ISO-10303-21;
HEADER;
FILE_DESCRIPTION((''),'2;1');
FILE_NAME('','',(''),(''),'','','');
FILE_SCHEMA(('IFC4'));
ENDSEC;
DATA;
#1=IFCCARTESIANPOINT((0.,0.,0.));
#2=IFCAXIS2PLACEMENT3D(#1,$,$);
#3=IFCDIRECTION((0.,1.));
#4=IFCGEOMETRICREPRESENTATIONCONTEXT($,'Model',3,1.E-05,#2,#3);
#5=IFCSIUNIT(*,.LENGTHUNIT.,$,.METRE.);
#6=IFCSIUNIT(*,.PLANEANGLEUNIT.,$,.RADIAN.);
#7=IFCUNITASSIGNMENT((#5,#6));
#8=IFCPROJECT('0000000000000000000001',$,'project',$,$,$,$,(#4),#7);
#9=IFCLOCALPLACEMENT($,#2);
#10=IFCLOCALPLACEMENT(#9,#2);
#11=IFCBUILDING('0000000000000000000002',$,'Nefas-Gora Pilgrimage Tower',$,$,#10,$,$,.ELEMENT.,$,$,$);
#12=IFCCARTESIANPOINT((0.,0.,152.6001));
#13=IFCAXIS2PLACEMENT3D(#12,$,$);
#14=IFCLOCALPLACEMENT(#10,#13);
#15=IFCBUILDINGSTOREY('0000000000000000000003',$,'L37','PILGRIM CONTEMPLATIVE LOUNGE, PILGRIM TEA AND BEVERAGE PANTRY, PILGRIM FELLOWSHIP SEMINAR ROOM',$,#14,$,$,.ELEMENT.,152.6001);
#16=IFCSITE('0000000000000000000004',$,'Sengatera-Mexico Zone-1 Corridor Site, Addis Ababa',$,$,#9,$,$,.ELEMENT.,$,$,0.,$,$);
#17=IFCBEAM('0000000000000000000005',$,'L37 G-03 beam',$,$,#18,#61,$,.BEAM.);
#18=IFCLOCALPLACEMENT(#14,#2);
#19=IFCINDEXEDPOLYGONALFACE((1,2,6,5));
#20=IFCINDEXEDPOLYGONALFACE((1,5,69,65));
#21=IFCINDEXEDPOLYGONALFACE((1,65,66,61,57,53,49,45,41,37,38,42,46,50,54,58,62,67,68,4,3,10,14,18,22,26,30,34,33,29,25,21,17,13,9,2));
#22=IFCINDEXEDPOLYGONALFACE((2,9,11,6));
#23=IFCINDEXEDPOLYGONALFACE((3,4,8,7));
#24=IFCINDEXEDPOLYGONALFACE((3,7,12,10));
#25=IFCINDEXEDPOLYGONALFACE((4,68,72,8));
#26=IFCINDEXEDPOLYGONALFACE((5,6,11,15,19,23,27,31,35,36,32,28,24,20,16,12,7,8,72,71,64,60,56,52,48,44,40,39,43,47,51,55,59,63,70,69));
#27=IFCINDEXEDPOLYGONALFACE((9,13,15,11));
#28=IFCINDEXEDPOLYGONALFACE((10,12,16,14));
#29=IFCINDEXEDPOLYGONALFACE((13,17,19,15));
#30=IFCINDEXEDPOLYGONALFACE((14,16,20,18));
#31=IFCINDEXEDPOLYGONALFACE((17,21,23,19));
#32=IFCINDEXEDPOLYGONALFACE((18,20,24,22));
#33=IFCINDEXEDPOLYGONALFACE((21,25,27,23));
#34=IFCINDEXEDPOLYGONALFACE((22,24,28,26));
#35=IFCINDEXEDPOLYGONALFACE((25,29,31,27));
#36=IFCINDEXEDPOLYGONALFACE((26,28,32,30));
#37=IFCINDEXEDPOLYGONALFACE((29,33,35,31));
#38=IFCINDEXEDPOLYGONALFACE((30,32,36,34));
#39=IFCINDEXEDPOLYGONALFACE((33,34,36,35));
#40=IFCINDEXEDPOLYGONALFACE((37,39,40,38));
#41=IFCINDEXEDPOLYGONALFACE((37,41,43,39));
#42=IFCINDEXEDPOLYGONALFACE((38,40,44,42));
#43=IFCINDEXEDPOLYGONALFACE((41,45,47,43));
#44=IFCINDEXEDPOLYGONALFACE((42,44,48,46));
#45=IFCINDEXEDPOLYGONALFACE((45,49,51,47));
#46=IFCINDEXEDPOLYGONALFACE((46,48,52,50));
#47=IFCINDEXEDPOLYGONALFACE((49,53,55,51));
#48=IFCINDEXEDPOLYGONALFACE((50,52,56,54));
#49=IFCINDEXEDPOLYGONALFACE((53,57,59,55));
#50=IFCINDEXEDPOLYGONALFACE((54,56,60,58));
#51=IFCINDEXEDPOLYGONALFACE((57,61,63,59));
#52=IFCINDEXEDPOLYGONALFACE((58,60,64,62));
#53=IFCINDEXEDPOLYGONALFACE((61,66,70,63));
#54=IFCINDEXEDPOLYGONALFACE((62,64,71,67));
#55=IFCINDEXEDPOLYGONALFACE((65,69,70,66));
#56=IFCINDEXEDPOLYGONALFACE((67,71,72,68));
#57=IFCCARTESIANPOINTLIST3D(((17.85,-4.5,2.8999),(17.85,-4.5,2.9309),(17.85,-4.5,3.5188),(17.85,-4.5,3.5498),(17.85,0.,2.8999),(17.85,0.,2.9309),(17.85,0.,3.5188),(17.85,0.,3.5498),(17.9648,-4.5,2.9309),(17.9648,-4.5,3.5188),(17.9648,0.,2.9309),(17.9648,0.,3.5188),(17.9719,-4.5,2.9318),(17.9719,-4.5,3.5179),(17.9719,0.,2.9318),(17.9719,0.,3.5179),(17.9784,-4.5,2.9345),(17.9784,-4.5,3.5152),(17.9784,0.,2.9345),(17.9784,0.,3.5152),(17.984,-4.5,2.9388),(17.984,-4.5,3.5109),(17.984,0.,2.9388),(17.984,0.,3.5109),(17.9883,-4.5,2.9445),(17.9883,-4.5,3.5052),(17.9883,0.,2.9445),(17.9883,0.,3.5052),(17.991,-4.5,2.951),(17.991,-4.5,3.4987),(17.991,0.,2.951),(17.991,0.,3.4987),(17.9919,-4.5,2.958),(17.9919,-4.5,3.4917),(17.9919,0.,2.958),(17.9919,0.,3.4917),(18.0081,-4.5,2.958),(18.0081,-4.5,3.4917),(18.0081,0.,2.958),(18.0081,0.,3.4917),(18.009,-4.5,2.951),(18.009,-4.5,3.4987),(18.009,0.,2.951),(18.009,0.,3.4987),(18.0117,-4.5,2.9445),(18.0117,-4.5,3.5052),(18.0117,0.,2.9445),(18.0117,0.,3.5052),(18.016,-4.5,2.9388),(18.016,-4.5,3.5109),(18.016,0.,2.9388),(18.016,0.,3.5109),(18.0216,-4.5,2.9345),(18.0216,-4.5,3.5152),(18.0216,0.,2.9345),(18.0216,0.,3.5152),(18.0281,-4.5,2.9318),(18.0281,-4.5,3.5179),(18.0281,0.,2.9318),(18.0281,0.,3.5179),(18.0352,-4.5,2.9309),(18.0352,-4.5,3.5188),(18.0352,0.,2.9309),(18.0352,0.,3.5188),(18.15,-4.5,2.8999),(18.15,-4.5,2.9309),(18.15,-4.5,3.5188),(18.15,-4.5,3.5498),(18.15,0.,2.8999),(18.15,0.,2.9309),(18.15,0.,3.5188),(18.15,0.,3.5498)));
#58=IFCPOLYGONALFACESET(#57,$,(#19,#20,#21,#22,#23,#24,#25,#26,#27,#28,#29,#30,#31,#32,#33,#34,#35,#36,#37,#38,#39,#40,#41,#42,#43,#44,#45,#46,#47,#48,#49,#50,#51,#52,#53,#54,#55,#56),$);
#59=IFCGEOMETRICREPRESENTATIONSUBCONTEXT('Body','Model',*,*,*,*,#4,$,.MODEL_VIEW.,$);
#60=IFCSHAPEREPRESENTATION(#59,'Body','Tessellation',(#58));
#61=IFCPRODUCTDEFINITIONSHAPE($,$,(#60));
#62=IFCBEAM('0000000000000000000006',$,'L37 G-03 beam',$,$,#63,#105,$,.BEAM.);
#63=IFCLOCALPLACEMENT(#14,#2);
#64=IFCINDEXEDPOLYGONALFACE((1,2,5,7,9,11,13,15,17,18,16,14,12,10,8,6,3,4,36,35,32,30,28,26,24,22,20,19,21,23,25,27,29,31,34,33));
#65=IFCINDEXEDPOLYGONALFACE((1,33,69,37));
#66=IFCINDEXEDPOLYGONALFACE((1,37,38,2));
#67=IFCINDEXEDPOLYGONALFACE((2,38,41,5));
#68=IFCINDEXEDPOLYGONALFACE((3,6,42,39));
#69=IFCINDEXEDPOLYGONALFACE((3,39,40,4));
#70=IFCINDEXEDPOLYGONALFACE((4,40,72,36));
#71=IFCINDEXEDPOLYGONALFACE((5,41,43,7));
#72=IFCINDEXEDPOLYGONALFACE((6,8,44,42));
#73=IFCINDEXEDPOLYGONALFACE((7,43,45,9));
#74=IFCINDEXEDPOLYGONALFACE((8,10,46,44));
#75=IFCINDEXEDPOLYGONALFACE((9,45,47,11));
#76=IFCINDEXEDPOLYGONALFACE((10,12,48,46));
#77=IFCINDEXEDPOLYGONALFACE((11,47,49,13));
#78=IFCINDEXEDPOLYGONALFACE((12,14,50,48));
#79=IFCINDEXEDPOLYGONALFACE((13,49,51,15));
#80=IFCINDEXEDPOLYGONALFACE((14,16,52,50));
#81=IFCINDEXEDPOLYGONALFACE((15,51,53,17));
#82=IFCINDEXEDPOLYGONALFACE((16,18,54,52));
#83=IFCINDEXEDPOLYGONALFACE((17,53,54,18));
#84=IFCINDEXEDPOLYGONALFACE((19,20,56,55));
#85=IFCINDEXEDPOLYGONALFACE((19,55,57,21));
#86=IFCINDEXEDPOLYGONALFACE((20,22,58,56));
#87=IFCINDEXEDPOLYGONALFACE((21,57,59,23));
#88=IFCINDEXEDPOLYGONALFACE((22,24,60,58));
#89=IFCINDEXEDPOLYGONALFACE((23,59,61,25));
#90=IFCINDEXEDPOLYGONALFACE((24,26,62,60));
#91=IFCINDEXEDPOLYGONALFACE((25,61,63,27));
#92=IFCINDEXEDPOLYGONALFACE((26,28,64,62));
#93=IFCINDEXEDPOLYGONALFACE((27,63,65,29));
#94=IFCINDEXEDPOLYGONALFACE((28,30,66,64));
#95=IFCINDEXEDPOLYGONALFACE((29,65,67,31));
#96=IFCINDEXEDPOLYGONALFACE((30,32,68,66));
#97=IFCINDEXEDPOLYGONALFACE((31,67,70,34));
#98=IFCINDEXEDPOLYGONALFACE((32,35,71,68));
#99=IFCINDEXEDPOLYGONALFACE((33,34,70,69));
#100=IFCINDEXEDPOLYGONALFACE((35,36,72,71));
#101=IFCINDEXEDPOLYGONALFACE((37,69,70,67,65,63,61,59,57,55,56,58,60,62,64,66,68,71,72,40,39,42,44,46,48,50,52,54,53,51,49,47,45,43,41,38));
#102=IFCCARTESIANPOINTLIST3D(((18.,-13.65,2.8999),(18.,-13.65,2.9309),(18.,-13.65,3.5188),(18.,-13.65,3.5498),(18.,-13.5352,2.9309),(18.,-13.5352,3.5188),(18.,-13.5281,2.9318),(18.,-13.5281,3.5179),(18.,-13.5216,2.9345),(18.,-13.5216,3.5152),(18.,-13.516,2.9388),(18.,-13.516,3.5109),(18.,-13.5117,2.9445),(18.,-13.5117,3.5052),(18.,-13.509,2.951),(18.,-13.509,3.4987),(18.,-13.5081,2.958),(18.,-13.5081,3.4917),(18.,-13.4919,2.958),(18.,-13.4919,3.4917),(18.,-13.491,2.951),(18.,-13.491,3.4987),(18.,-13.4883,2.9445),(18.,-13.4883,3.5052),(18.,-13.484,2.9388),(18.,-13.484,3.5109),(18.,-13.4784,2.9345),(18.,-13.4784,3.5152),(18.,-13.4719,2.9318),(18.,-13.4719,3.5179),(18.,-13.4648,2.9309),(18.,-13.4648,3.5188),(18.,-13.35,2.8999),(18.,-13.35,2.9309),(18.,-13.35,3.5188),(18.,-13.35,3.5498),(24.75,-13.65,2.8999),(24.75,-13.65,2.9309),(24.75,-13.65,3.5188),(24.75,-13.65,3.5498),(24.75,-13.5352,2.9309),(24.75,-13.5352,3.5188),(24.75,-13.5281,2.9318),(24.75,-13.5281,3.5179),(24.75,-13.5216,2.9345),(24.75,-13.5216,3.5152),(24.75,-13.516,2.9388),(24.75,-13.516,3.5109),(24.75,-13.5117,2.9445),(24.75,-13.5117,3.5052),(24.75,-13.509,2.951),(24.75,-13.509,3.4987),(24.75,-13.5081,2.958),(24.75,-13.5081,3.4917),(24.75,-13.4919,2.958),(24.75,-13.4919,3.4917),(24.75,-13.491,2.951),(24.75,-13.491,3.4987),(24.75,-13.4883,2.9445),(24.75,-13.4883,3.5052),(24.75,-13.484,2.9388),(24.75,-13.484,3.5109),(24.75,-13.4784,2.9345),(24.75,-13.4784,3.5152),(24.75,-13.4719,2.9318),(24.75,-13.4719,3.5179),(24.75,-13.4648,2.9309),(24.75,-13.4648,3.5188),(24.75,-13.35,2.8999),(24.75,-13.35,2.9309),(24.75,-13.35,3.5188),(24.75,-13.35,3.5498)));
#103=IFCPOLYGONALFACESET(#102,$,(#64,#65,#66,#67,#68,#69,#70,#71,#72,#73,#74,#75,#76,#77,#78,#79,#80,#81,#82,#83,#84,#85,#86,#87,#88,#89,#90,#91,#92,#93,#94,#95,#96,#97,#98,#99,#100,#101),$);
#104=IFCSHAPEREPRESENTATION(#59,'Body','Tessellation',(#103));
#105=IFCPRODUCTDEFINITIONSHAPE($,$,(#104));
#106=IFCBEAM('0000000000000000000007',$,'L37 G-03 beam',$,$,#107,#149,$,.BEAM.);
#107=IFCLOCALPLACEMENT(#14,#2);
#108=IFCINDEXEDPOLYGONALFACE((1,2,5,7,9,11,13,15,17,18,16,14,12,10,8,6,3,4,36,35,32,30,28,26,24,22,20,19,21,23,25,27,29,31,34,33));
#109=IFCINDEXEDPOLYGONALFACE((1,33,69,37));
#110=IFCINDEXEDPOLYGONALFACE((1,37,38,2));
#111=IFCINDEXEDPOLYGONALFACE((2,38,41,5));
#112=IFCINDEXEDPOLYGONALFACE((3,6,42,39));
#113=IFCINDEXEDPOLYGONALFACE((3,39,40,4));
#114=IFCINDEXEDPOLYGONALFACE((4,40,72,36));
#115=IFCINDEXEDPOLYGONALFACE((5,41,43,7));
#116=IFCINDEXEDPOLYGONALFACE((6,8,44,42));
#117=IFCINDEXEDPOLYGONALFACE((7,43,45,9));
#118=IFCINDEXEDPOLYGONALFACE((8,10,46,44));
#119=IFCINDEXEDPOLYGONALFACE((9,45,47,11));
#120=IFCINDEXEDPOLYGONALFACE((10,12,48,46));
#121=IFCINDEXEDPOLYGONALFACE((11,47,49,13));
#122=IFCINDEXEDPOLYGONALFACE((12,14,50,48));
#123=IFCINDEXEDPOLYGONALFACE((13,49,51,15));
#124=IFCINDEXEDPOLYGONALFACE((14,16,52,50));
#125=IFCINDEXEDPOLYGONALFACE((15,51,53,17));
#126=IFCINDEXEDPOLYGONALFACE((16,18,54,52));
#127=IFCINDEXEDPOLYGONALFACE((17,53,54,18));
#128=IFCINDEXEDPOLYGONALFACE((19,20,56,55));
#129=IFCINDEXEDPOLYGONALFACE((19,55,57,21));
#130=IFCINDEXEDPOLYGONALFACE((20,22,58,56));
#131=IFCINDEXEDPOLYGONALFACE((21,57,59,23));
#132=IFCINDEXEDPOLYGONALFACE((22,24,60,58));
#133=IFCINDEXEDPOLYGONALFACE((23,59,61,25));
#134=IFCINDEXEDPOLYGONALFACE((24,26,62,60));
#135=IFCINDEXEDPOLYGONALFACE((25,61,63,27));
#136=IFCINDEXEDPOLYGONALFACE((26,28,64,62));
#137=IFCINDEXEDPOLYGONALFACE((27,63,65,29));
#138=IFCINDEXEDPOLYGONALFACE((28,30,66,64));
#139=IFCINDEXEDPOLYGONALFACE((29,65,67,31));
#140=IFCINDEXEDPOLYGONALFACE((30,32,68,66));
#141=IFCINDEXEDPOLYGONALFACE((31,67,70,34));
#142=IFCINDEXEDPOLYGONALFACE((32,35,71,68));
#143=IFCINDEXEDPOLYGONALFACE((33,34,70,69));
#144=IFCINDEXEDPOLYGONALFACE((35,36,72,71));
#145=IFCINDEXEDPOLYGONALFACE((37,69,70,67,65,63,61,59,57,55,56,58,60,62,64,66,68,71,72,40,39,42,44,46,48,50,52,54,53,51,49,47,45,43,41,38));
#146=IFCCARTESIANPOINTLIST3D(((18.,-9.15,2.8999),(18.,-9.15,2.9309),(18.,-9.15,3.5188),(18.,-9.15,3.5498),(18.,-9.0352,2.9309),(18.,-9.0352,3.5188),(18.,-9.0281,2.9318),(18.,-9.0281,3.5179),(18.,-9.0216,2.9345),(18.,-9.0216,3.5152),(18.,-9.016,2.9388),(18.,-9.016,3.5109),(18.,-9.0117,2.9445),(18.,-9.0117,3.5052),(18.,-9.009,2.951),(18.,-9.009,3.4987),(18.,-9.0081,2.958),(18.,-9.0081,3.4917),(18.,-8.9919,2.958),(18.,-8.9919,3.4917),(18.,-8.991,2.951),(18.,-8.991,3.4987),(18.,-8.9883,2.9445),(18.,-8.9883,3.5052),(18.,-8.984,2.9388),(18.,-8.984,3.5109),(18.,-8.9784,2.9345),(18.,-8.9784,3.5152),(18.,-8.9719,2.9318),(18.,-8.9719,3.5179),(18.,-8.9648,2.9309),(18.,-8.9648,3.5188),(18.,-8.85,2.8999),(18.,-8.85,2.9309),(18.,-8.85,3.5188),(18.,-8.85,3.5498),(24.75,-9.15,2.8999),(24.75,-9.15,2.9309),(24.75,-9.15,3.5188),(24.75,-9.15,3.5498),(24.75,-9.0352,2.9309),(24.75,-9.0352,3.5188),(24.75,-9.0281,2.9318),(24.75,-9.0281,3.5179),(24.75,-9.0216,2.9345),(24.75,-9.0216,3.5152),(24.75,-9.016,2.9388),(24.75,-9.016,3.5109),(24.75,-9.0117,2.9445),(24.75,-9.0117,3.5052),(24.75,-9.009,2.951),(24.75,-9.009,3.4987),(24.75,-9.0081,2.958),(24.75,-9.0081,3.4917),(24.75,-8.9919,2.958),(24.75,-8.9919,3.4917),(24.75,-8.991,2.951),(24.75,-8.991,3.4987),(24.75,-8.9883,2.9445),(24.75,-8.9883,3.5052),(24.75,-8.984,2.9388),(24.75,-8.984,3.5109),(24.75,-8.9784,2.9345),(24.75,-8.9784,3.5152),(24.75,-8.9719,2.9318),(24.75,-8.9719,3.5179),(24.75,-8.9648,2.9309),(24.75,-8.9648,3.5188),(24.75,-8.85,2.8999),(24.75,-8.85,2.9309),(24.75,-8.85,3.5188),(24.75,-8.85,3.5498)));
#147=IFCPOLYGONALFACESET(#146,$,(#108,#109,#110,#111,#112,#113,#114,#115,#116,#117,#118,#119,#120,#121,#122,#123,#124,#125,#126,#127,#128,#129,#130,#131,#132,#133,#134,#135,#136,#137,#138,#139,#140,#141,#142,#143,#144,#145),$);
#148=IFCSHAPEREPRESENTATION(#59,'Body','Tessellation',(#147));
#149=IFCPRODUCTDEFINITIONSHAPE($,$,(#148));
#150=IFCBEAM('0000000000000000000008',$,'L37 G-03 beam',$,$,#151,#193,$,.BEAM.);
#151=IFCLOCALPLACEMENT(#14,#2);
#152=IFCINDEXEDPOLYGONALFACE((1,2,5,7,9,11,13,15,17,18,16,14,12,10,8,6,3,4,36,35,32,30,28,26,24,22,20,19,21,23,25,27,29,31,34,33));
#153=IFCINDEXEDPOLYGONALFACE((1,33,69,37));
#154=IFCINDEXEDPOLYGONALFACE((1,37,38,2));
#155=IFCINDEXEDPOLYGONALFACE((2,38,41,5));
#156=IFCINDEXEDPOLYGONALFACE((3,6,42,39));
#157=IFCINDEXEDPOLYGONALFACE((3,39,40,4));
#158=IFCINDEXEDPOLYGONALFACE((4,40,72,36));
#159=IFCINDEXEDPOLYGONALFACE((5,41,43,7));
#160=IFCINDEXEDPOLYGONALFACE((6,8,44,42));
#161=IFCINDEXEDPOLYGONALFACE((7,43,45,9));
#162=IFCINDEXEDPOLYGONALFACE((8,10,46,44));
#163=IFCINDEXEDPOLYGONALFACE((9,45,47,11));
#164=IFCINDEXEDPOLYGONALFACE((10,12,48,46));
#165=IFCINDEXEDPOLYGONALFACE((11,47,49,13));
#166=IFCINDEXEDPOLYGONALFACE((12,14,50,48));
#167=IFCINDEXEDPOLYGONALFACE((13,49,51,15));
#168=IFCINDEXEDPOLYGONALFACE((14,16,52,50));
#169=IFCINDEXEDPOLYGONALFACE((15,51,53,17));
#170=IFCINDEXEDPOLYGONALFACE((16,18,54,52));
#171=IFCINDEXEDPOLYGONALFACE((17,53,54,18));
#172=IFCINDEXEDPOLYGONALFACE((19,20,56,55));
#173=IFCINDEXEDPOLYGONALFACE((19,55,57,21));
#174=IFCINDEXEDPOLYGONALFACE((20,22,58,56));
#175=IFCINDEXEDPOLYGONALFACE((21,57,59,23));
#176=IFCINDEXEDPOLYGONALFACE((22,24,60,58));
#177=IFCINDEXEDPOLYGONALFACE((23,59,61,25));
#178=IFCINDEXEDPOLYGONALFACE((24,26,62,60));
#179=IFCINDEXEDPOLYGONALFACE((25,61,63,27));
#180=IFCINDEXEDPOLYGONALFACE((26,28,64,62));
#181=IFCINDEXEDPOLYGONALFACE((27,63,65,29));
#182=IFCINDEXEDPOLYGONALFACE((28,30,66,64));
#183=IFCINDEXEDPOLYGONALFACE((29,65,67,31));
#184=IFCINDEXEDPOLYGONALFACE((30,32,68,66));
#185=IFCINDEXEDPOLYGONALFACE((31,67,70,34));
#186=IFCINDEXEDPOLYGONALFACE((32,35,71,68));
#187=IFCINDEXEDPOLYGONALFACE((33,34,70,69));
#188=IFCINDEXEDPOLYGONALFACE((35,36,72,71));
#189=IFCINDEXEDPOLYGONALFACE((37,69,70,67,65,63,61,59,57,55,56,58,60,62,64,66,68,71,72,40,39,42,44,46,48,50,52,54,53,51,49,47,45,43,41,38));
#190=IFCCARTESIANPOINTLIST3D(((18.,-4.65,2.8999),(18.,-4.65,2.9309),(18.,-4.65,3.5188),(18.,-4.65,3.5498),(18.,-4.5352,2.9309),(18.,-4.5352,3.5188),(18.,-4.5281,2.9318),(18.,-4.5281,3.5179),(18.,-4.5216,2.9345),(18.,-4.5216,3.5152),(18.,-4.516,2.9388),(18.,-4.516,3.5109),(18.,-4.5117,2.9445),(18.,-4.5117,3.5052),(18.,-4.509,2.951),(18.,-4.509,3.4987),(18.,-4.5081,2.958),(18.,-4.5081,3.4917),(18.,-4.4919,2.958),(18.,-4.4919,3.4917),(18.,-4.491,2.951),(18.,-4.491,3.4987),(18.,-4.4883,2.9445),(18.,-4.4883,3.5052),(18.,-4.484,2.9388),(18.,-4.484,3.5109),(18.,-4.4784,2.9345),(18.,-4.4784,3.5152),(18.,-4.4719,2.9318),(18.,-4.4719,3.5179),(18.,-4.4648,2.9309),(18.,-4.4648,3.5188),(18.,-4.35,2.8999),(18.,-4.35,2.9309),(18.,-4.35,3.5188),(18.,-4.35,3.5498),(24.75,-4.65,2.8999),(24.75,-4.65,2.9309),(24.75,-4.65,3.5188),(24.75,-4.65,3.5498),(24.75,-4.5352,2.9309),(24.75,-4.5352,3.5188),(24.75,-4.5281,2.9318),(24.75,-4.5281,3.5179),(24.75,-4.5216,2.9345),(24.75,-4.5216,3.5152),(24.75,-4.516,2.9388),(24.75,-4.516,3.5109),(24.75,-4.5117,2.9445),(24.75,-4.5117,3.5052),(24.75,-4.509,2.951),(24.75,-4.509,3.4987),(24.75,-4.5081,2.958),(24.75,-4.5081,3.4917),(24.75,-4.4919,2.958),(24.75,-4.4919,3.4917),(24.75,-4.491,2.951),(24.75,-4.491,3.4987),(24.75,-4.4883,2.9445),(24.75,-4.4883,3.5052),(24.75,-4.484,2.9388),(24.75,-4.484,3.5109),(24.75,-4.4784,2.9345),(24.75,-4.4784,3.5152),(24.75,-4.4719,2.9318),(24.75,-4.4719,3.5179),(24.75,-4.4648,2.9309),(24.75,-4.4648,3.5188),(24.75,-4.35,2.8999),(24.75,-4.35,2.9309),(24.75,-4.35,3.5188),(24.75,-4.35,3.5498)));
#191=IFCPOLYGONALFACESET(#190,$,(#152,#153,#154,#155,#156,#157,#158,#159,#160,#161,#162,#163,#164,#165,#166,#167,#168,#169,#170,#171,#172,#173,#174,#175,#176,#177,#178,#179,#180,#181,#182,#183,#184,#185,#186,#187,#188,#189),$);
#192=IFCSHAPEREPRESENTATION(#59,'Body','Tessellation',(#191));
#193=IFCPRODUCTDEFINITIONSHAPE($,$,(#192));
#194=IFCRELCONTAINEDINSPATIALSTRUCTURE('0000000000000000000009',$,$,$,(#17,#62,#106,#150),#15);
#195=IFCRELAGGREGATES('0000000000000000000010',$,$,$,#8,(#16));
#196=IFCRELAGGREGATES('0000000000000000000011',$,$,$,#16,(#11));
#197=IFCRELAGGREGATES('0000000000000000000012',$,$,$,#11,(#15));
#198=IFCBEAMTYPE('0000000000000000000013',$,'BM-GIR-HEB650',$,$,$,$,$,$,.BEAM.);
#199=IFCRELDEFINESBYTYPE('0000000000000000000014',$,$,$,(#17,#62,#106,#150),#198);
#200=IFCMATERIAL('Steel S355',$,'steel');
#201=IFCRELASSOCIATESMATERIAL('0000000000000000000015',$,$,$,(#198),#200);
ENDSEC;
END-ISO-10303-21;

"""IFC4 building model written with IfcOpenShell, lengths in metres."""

from ifc_helpers import new_model, si_unit, direction, frame, origin, origin_2d, place, context, subcontext, project, spatial, i_section, extrude, source, transform, mapped, material, material_profile, profile_set, type_object, element, save


model = new_model("IFC4")

# Units and contexts
model_context = context("Model", 3, precision=1e-05, world=origin(), true_north=direction((0.0, 1.0)))
body_context = subcontext(model_context, "Body", "Model", "MODEL_VIEW")
ifc_project = project(units=[si_unit("LENGTHUNIT", "METRE"), si_unit("PLANEANGLEUNIT", "RADIAN")], contexts=[model_context])

# Site, building, storey
site_placement = place(None, origin())
site = spatial("IfcSite", under=ifc_project, at=site_placement, Name="Sengatera-Mexico Zone-1 Corridor Site, Addis Ababa", CompositionType="ELEMENT", RefElevation=0.0)
building_placement = place(site_placement, origin())
building = spatial("IfcBuilding", under=site, at=building_placement, Name="Nefas-Gora Pilgrimage Tower", CompositionType="ELEMENT")
storey_placement = place(building_placement, frame((0.0, 0.0, 152.6001)))
storey = spatial("IfcBuildingStorey", under=building, at=storey_placement, Name="L37", Description="PILGRIM CONTEMPLATIVE LOUNGE, PILGRIM TEA AND BEVERAGE PANTRY, PILGRIM FELLOWSHIP SEMINAR ROOM", CompositionType="ELEMENT", Elevation=152.6001)

# Beams
ifc_material_1 = material(Name="Steel S355", Category="steel")
ifc_material_profile_1 = material_profile(ifc_material_1, i_section(OverallWidth=0.3, OverallDepth=0.6499, WebThickness=0.0161, FlangeThickness=0.031, FilletRadius=0.0271, at=origin_2d()), Name="HEB 650")
ifc_profile_set_1 = profile_set([ifc_material_profile_1], Name="Steel S355")
beam_type_1 = type_object("IfcBeamType", Name="BM-GIR-HEB650", PredefinedType="BEAM", material=ifc_profile_set_1)
shared_shape_1 = source(origin(), body_context, "Body", "SweptSolid", [
    extrude(i_section(OverallWidth=0.3, OverallDepth=0.6499, WebThickness=0.0161, FlangeThickness=0.031, FilletRadius=0.0271, at=origin_2d()), origin(), (0.0, 0.0, 1.0), 4.5),
])
for number, where, z_axis, x_axis, name in (
    (1, (18.0, -4.5, 3.2249), (0.0, 1.0, 0.0), (-1.0, 0.0, 0.0), "L37 G-03 beam"),
):
    element("IfcBeam", number, at=place(storey_placement, frame(where, z_axis=z_axis, x_axis=x_axis)), inside=storey, type_object=beam_type_1, Name=name, PredefinedType="BEAM", context=body_context, shape_type="MappedRepresentation", body=[
        mapped(shared_shape_1, transform((0.0, 0.0, 0.0), x_axis=(1.0, 0.0, 0.0), y_axis=(0.0, 1.0, 0.0), z_axis=(0.0, 0.0, 1.0), scale=1.0)),
    ])
shared_shape_2 = source(origin(), body_context, "Body", "SweptSolid", [
    extrude(i_section(OverallWidth=0.3, OverallDepth=0.6499, WebThickness=0.0161, FlangeThickness=0.031, FilletRadius=0.0271, at=origin_2d()), origin(), (0.0, 0.0, 1.0), 6.75),
])
for number, where, z_axis, x_axis, name in (
    (2, (18.0, -13.5, 3.2249), (1.0, 0.0, 0.0), (0.0, 1.0, 0.0), "L37 G-03 beam"),
    (3, (18.0, -9.0, 3.2249), (1.0, 0.0, 0.0), (0.0, 1.0, 0.0), "L37 G-03 beam"),
    (4, (18.0, -4.5, 3.2249), (1.0, 0.0, 0.0), (0.0, 1.0, 0.0), "L37 G-03 beam"),
):
    element("IfcBeam", number, at=place(storey_placement, frame(where, z_axis=z_axis, x_axis=x_axis)), inside=storey, type_object=beam_type_1, Name=name, PredefinedType="BEAM", context=body_context, shape_type="MappedRepresentation", body=[
        mapped(shared_shape_2, transform((0.0, 0.0, 0.0), x_axis=(1.0, 0.0, 0.0), y_axis=(0.0, 1.0, 0.0), z_axis=(0.0, 0.0, 1.0), scale=1.0)),
    ])

save(model, "model.ifc")
